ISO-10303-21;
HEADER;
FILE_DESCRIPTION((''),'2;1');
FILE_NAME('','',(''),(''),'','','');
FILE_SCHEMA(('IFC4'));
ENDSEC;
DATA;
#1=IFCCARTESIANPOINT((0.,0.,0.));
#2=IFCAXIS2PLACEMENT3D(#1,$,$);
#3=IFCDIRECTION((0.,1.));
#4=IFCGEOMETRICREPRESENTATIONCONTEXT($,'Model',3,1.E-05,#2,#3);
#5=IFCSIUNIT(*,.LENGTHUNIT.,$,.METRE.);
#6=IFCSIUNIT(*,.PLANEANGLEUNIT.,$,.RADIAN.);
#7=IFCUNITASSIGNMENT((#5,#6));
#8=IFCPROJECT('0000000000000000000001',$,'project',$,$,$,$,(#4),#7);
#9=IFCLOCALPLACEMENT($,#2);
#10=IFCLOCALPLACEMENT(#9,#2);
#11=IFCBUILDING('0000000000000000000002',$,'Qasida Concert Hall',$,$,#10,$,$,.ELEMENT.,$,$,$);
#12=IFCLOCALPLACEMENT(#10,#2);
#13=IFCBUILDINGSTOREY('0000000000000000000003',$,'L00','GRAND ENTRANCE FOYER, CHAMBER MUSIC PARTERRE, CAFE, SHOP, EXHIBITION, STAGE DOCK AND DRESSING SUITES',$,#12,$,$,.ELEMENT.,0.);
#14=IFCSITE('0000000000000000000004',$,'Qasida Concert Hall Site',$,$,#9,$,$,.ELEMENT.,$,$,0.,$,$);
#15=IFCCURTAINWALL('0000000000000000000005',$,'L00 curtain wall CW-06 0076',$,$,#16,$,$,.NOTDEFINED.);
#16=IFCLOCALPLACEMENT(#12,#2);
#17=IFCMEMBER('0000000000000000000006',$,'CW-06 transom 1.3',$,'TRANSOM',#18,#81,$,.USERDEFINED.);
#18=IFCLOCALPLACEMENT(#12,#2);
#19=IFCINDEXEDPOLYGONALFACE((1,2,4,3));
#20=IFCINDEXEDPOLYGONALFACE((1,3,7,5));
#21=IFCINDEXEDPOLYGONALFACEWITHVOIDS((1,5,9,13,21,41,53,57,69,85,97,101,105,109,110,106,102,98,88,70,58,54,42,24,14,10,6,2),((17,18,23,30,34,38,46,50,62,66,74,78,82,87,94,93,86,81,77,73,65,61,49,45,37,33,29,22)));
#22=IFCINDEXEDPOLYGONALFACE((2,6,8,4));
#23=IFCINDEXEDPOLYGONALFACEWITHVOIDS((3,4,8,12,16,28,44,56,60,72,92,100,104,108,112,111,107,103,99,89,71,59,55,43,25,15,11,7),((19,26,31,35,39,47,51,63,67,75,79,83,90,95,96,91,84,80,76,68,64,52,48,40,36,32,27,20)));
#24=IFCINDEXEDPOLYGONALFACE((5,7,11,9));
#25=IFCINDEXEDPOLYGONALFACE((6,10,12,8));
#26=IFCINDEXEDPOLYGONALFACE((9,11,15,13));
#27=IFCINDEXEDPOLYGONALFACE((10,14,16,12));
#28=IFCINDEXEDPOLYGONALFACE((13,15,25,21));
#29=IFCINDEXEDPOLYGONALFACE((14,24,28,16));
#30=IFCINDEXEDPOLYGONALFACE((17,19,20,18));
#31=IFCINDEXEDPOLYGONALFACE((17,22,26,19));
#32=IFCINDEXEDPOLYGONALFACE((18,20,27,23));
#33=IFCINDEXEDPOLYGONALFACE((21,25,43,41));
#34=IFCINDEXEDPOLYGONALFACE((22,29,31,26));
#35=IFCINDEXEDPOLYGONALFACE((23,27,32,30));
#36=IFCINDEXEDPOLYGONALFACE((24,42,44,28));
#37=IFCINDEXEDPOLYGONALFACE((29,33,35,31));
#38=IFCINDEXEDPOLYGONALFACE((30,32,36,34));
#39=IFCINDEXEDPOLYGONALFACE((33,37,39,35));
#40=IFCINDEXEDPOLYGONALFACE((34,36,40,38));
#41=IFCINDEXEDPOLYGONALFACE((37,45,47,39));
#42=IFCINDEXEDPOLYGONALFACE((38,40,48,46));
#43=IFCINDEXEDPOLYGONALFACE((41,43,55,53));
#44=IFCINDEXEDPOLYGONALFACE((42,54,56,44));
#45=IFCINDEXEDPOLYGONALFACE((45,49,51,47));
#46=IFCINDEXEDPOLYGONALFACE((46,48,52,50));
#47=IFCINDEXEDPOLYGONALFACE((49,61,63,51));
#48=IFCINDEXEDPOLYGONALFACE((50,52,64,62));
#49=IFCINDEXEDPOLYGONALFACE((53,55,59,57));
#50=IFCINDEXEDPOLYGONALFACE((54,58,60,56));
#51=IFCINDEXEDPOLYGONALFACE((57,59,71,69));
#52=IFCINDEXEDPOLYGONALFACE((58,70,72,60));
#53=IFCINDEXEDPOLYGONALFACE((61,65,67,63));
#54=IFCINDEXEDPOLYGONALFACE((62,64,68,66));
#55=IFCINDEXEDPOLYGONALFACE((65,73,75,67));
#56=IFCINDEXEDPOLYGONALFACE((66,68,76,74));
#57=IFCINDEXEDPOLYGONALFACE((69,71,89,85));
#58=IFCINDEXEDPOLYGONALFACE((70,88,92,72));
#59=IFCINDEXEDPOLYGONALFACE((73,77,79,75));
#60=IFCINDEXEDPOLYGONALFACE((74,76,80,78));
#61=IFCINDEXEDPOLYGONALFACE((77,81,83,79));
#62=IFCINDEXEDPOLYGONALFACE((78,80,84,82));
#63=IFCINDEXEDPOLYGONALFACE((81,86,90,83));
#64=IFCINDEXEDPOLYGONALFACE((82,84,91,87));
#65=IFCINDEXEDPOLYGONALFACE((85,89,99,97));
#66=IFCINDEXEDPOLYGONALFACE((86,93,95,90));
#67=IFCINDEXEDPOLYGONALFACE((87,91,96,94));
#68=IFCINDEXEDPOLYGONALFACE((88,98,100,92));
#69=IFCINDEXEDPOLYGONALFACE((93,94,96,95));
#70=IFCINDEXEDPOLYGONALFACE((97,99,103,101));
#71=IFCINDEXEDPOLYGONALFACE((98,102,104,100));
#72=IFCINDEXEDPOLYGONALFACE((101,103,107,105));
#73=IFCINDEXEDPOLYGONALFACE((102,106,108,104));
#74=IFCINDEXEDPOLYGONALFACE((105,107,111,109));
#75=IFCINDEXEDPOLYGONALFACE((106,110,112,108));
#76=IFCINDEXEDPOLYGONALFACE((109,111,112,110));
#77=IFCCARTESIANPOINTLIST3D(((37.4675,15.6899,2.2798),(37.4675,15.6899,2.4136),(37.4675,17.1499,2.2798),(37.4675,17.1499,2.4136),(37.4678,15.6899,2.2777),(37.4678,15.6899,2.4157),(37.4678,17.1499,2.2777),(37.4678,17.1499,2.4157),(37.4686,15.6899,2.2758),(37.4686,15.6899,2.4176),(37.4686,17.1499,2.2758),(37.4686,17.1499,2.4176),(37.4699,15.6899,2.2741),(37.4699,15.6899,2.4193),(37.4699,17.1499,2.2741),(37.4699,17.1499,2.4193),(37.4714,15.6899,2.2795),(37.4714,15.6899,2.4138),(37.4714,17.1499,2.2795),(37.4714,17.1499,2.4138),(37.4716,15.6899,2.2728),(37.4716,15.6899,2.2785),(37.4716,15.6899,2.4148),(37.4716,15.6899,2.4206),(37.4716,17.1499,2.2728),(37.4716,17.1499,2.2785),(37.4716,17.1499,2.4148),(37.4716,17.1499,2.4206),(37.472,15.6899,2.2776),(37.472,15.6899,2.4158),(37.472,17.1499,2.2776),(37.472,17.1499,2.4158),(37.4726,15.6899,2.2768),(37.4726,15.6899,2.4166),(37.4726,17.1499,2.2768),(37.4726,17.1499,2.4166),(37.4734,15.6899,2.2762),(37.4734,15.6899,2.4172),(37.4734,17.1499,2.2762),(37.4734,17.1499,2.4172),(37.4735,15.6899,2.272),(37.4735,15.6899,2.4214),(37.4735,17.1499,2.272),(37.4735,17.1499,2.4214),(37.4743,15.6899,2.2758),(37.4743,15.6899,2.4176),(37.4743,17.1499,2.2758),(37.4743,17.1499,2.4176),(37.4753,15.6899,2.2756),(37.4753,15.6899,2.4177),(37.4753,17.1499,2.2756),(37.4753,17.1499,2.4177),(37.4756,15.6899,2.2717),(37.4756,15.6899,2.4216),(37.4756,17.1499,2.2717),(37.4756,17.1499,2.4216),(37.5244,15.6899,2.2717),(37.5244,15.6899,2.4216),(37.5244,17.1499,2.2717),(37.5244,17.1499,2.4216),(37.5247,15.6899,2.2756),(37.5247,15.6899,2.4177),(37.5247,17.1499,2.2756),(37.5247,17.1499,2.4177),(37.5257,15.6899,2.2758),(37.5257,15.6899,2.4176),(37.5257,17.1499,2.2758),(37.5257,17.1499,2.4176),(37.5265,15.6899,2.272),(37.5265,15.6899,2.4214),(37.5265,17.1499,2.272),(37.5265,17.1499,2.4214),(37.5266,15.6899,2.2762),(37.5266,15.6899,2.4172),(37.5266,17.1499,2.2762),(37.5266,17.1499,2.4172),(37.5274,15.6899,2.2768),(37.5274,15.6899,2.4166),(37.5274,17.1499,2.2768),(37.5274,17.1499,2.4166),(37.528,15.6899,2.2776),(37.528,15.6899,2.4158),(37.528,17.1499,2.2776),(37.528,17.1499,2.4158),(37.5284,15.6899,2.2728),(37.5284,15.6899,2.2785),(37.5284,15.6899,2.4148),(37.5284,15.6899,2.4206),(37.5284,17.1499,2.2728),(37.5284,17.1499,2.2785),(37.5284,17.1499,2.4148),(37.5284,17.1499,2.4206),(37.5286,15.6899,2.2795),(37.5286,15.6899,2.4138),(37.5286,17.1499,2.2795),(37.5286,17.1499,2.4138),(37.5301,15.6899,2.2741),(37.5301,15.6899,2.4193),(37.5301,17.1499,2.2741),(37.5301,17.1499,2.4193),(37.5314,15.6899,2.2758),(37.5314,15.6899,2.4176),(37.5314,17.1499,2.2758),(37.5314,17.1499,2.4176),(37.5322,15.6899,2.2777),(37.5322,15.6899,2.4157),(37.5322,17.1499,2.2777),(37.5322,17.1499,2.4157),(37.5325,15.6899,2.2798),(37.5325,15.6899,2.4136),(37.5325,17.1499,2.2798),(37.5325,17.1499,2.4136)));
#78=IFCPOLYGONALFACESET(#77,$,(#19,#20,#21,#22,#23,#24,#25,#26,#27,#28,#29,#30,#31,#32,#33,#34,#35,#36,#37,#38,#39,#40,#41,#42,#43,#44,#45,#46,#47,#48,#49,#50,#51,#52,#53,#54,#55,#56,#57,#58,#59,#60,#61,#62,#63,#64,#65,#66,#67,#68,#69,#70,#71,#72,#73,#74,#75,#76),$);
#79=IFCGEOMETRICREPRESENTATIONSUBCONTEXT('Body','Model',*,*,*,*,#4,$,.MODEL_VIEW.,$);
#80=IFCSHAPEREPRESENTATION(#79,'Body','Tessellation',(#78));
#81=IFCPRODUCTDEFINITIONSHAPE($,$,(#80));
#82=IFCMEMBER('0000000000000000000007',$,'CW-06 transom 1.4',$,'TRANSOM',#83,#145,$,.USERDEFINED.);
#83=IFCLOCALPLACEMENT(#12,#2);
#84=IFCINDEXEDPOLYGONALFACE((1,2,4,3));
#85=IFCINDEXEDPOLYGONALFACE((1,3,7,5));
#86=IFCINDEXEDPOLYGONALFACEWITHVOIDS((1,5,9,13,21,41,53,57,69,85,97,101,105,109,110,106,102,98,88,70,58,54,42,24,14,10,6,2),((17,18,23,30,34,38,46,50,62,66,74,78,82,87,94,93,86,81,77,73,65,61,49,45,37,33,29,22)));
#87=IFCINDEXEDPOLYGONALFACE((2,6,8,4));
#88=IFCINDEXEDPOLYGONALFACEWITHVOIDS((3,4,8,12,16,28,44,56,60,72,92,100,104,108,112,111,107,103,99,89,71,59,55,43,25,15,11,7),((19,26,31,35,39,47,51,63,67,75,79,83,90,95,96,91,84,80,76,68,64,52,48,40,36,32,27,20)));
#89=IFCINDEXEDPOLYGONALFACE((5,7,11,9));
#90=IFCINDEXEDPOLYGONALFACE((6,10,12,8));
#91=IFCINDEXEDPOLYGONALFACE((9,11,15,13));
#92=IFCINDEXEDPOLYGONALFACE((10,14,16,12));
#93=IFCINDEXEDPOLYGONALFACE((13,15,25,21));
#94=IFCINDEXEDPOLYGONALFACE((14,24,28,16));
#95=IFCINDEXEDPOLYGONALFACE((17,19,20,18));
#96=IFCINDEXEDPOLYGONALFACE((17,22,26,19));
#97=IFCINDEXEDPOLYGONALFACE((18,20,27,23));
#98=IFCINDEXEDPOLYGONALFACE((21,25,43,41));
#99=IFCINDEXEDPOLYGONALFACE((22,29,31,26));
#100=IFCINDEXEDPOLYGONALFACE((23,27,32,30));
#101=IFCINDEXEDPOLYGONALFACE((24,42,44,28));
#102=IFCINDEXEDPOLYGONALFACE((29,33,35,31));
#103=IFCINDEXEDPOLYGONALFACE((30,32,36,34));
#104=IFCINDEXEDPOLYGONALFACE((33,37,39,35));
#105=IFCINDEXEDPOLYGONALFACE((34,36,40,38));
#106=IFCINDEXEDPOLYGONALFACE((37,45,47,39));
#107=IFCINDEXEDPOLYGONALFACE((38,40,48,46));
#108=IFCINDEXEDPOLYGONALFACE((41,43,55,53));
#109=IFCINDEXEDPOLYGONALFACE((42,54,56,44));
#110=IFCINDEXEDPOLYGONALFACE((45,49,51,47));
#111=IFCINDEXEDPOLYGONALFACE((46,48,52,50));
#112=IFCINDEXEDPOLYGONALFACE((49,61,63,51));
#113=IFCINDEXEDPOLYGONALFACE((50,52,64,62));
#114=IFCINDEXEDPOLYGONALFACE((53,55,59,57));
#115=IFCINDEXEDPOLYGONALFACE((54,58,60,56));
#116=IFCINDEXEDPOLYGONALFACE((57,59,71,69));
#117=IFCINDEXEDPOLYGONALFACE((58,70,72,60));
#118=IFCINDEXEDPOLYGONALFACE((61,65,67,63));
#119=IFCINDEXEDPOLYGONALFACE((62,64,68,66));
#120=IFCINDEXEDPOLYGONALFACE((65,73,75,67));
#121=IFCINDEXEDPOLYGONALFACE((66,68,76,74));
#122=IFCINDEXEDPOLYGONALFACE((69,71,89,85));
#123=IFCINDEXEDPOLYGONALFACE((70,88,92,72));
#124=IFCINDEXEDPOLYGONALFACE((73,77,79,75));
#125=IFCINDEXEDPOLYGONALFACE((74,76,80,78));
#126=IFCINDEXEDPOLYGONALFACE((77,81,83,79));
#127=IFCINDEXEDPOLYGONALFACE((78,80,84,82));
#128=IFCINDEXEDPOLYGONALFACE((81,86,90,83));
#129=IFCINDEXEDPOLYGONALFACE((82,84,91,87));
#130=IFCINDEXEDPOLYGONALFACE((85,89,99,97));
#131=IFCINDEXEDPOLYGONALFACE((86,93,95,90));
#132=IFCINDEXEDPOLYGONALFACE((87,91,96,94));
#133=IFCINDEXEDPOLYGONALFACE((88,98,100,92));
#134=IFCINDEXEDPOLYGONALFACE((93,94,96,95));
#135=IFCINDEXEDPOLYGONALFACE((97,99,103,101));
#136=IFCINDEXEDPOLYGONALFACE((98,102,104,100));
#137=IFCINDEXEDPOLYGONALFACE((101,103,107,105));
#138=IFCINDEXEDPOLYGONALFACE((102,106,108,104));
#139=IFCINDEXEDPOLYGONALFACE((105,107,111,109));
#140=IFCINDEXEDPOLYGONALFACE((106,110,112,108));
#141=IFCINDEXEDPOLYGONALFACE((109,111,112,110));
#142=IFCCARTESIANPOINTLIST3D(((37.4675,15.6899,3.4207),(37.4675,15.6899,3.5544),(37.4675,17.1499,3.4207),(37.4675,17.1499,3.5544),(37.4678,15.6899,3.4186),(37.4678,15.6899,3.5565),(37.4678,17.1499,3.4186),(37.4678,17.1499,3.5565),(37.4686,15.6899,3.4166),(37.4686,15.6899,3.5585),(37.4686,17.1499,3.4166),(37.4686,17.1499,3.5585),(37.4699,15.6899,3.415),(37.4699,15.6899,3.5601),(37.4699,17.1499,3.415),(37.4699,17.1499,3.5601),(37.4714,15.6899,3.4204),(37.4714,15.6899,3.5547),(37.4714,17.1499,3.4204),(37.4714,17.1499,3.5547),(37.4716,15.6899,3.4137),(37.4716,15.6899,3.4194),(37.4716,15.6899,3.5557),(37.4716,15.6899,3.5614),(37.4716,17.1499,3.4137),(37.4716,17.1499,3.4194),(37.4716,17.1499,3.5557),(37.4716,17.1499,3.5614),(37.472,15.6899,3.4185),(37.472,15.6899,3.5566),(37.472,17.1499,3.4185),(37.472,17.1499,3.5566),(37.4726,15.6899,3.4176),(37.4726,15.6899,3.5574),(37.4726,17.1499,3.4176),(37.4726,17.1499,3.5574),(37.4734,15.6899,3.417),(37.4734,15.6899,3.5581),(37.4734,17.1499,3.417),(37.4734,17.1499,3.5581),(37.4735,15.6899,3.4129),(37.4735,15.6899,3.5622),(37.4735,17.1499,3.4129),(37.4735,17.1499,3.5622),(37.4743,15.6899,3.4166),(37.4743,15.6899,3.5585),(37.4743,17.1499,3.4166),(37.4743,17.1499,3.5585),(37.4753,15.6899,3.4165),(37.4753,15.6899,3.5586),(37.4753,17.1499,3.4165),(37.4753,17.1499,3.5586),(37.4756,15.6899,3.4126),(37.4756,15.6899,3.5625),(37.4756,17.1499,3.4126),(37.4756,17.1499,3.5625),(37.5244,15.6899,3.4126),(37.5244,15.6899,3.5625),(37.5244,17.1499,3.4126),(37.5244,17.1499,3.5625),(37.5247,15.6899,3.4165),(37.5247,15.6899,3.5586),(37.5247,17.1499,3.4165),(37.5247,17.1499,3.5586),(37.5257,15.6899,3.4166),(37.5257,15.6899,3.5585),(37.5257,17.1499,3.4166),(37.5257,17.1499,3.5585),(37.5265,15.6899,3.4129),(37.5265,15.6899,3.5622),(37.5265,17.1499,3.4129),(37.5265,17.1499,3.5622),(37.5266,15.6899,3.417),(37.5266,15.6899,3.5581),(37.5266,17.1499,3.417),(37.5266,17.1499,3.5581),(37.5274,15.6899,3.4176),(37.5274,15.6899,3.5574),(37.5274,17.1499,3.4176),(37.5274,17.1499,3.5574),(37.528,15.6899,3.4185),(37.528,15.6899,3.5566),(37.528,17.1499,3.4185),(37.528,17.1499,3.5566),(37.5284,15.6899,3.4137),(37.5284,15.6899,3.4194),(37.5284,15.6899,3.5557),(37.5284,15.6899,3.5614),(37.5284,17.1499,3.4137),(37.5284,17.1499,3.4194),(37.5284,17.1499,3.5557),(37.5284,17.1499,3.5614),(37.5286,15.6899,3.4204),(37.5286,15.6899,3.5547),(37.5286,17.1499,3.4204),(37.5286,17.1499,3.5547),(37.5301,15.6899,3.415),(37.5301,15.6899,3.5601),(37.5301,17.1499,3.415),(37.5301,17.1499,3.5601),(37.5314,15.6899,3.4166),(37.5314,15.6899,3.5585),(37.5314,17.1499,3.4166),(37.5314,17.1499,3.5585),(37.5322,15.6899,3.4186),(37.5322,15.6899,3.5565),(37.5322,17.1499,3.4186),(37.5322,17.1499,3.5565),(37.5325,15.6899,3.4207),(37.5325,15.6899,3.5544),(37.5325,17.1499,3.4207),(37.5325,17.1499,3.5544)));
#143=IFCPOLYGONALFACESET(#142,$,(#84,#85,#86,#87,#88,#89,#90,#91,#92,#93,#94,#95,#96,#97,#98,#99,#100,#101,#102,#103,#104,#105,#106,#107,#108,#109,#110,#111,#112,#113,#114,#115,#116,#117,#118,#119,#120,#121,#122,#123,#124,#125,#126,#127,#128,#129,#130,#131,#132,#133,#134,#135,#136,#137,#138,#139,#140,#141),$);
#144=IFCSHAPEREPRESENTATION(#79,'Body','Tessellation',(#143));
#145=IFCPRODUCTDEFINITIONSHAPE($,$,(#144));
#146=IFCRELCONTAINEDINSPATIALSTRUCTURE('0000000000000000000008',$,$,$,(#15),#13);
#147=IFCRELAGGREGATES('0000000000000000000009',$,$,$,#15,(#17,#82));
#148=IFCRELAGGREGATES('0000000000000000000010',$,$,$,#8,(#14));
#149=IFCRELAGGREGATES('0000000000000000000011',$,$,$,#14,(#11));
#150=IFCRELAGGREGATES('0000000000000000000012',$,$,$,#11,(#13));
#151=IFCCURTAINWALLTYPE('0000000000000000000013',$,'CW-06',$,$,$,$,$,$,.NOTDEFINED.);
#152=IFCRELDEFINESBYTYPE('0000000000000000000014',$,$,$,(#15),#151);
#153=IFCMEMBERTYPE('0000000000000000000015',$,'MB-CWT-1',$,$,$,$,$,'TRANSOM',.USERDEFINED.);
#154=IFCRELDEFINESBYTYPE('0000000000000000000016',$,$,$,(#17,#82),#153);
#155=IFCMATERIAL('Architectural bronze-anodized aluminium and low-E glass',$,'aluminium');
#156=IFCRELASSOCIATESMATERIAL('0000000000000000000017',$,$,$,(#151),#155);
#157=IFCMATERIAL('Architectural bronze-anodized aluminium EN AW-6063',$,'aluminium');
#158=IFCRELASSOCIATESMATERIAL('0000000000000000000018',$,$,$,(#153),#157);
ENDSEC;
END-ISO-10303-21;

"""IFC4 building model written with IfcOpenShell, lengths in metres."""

from ifc_helpers import new_model, si_unit, direction, frame, origin, origin_2d, place, context, subcontext, project, spatial, hollow_rectangle, extrude, material, material_profile, profile_set, type_object, element, aggregate, save


model = new_model("IFC4")

# Units and contexts
model_context = context("Model", 3, precision=1e-05, world=origin(), true_north=direction((0.0, 1.0)))
body_context = subcontext(model_context, "Body", "Model", "MODEL_VIEW")
ifc_project = project(units=[si_unit("LENGTHUNIT", "METRE"), si_unit("PLANEANGLEUNIT", "RADIAN")], contexts=[model_context])

# Site, building, storey
site_placement = place(None, origin())
site = spatial("IfcSite", under=ifc_project, at=site_placement, Name="Qasida Concert Hall Site", CompositionType="ELEMENT", RefElevation=0.0)
building_placement = place(site_placement, origin())
building = spatial("IfcBuilding", under=site, at=building_placement, Name="Qasida Concert Hall", CompositionType="ELEMENT")
storey_placement = place(building_placement, origin())
storey = spatial("IfcBuildingStorey", under=building, at=storey_placement, Name="L00", Description="GRAND ENTRANCE FOYER, CHAMBER MUSIC PARTERRE, CAFE, SHOP, EXHIBITION, STAGE DOCK AND DRESSING SUITES", CompositionType="ELEMENT", Elevation=0.0)

# Shared definitions
ifc_material_1 = material(Name="Architectural bronze-anodized aluminium and low-E glass", Category="aluminium")
curtain_wall_type = type_object("IfcCurtainWallType", Name="CW-06", PredefinedType="NOTDEFINED", material=ifc_material_1)
ifc_material_2 = material(Name="Architectural bronze-anodized aluminium EN AW-6063", Category="aluminium")

# Curtain wall
curtain_wall_1_placement = place(storey_placement, origin())
curtain_wall_1 = element("IfcCurtainWall", 1, at=curtain_wall_1_placement, inside=storey, type_object=curtain_wall_type, Name="L00 curtain wall CW-06 0076", PredefinedType="NOTDEFINED")

# Members
ifc_material_profile_1 = material_profile(ifc_material_2, hollow_rectangle(XDim=0.0649, YDim=0.1499, WallThickness=0.0039, InnerFilletRadius=0.0039, OuterFilletRadius=0.0081, at=origin_2d()), Name="CWT 150x65x4")
ifc_profile_set_1 = profile_set([ifc_material_profile_1], Name="Architectural bronze-anodized aluminium EN AW-6063")
member_type_1 = type_object("IfcMemberType", Name="MB-CWT-1", ElementType="TRANSOM", PredefinedType="USERDEFINED", material=ifc_profile_set_1)
member_1_placement = place(storey_placement, frame((37.5, 15.6899, 2.3467), z_axis=(0.0, 1.0, 0.0), x_axis=(-1.0, 0.0, 0.0)))
member_1 = element("IfcMember", 2, at=member_1_placement, type_object=member_type_1, Name="CW-06 transom 1.3", ObjectType="TRANSOM", PredefinedType="USERDEFINED", context=body_context, shape_type="SweptSolid", body=[
    extrude(hollow_rectangle(XDim=0.0649, YDim=0.1499, WallThickness=0.0039, InnerFilletRadius=0.0039, OuterFilletRadius=0.0081, at=origin_2d()), origin(), (0.0, 0.0, 1.0), 1.46),
])
member_2_placement = place(storey_placement, frame((37.5, 15.6899, 3.4875), z_axis=(0.0, 1.0, 0.0), x_axis=(-1.0, 0.0, 0.0)))
member_2 = element("IfcMember", 3, at=member_2_placement, type_object=member_type_1, Name="CW-06 transom 1.4", ObjectType="TRANSOM", PredefinedType="USERDEFINED", context=body_context, shape_type="SweptSolid", body=[
    extrude(hollow_rectangle(XDim=0.0649, YDim=0.1499, WallThickness=0.0039, InnerFilletRadius=0.0039, OuterFilletRadius=0.0081, at=origin_2d()), origin(), (0.0, 0.0, 1.0), 1.46),
])

aggregate(curtain_wall_1, [member_1, member_2])

save(model, "model.ifc")
